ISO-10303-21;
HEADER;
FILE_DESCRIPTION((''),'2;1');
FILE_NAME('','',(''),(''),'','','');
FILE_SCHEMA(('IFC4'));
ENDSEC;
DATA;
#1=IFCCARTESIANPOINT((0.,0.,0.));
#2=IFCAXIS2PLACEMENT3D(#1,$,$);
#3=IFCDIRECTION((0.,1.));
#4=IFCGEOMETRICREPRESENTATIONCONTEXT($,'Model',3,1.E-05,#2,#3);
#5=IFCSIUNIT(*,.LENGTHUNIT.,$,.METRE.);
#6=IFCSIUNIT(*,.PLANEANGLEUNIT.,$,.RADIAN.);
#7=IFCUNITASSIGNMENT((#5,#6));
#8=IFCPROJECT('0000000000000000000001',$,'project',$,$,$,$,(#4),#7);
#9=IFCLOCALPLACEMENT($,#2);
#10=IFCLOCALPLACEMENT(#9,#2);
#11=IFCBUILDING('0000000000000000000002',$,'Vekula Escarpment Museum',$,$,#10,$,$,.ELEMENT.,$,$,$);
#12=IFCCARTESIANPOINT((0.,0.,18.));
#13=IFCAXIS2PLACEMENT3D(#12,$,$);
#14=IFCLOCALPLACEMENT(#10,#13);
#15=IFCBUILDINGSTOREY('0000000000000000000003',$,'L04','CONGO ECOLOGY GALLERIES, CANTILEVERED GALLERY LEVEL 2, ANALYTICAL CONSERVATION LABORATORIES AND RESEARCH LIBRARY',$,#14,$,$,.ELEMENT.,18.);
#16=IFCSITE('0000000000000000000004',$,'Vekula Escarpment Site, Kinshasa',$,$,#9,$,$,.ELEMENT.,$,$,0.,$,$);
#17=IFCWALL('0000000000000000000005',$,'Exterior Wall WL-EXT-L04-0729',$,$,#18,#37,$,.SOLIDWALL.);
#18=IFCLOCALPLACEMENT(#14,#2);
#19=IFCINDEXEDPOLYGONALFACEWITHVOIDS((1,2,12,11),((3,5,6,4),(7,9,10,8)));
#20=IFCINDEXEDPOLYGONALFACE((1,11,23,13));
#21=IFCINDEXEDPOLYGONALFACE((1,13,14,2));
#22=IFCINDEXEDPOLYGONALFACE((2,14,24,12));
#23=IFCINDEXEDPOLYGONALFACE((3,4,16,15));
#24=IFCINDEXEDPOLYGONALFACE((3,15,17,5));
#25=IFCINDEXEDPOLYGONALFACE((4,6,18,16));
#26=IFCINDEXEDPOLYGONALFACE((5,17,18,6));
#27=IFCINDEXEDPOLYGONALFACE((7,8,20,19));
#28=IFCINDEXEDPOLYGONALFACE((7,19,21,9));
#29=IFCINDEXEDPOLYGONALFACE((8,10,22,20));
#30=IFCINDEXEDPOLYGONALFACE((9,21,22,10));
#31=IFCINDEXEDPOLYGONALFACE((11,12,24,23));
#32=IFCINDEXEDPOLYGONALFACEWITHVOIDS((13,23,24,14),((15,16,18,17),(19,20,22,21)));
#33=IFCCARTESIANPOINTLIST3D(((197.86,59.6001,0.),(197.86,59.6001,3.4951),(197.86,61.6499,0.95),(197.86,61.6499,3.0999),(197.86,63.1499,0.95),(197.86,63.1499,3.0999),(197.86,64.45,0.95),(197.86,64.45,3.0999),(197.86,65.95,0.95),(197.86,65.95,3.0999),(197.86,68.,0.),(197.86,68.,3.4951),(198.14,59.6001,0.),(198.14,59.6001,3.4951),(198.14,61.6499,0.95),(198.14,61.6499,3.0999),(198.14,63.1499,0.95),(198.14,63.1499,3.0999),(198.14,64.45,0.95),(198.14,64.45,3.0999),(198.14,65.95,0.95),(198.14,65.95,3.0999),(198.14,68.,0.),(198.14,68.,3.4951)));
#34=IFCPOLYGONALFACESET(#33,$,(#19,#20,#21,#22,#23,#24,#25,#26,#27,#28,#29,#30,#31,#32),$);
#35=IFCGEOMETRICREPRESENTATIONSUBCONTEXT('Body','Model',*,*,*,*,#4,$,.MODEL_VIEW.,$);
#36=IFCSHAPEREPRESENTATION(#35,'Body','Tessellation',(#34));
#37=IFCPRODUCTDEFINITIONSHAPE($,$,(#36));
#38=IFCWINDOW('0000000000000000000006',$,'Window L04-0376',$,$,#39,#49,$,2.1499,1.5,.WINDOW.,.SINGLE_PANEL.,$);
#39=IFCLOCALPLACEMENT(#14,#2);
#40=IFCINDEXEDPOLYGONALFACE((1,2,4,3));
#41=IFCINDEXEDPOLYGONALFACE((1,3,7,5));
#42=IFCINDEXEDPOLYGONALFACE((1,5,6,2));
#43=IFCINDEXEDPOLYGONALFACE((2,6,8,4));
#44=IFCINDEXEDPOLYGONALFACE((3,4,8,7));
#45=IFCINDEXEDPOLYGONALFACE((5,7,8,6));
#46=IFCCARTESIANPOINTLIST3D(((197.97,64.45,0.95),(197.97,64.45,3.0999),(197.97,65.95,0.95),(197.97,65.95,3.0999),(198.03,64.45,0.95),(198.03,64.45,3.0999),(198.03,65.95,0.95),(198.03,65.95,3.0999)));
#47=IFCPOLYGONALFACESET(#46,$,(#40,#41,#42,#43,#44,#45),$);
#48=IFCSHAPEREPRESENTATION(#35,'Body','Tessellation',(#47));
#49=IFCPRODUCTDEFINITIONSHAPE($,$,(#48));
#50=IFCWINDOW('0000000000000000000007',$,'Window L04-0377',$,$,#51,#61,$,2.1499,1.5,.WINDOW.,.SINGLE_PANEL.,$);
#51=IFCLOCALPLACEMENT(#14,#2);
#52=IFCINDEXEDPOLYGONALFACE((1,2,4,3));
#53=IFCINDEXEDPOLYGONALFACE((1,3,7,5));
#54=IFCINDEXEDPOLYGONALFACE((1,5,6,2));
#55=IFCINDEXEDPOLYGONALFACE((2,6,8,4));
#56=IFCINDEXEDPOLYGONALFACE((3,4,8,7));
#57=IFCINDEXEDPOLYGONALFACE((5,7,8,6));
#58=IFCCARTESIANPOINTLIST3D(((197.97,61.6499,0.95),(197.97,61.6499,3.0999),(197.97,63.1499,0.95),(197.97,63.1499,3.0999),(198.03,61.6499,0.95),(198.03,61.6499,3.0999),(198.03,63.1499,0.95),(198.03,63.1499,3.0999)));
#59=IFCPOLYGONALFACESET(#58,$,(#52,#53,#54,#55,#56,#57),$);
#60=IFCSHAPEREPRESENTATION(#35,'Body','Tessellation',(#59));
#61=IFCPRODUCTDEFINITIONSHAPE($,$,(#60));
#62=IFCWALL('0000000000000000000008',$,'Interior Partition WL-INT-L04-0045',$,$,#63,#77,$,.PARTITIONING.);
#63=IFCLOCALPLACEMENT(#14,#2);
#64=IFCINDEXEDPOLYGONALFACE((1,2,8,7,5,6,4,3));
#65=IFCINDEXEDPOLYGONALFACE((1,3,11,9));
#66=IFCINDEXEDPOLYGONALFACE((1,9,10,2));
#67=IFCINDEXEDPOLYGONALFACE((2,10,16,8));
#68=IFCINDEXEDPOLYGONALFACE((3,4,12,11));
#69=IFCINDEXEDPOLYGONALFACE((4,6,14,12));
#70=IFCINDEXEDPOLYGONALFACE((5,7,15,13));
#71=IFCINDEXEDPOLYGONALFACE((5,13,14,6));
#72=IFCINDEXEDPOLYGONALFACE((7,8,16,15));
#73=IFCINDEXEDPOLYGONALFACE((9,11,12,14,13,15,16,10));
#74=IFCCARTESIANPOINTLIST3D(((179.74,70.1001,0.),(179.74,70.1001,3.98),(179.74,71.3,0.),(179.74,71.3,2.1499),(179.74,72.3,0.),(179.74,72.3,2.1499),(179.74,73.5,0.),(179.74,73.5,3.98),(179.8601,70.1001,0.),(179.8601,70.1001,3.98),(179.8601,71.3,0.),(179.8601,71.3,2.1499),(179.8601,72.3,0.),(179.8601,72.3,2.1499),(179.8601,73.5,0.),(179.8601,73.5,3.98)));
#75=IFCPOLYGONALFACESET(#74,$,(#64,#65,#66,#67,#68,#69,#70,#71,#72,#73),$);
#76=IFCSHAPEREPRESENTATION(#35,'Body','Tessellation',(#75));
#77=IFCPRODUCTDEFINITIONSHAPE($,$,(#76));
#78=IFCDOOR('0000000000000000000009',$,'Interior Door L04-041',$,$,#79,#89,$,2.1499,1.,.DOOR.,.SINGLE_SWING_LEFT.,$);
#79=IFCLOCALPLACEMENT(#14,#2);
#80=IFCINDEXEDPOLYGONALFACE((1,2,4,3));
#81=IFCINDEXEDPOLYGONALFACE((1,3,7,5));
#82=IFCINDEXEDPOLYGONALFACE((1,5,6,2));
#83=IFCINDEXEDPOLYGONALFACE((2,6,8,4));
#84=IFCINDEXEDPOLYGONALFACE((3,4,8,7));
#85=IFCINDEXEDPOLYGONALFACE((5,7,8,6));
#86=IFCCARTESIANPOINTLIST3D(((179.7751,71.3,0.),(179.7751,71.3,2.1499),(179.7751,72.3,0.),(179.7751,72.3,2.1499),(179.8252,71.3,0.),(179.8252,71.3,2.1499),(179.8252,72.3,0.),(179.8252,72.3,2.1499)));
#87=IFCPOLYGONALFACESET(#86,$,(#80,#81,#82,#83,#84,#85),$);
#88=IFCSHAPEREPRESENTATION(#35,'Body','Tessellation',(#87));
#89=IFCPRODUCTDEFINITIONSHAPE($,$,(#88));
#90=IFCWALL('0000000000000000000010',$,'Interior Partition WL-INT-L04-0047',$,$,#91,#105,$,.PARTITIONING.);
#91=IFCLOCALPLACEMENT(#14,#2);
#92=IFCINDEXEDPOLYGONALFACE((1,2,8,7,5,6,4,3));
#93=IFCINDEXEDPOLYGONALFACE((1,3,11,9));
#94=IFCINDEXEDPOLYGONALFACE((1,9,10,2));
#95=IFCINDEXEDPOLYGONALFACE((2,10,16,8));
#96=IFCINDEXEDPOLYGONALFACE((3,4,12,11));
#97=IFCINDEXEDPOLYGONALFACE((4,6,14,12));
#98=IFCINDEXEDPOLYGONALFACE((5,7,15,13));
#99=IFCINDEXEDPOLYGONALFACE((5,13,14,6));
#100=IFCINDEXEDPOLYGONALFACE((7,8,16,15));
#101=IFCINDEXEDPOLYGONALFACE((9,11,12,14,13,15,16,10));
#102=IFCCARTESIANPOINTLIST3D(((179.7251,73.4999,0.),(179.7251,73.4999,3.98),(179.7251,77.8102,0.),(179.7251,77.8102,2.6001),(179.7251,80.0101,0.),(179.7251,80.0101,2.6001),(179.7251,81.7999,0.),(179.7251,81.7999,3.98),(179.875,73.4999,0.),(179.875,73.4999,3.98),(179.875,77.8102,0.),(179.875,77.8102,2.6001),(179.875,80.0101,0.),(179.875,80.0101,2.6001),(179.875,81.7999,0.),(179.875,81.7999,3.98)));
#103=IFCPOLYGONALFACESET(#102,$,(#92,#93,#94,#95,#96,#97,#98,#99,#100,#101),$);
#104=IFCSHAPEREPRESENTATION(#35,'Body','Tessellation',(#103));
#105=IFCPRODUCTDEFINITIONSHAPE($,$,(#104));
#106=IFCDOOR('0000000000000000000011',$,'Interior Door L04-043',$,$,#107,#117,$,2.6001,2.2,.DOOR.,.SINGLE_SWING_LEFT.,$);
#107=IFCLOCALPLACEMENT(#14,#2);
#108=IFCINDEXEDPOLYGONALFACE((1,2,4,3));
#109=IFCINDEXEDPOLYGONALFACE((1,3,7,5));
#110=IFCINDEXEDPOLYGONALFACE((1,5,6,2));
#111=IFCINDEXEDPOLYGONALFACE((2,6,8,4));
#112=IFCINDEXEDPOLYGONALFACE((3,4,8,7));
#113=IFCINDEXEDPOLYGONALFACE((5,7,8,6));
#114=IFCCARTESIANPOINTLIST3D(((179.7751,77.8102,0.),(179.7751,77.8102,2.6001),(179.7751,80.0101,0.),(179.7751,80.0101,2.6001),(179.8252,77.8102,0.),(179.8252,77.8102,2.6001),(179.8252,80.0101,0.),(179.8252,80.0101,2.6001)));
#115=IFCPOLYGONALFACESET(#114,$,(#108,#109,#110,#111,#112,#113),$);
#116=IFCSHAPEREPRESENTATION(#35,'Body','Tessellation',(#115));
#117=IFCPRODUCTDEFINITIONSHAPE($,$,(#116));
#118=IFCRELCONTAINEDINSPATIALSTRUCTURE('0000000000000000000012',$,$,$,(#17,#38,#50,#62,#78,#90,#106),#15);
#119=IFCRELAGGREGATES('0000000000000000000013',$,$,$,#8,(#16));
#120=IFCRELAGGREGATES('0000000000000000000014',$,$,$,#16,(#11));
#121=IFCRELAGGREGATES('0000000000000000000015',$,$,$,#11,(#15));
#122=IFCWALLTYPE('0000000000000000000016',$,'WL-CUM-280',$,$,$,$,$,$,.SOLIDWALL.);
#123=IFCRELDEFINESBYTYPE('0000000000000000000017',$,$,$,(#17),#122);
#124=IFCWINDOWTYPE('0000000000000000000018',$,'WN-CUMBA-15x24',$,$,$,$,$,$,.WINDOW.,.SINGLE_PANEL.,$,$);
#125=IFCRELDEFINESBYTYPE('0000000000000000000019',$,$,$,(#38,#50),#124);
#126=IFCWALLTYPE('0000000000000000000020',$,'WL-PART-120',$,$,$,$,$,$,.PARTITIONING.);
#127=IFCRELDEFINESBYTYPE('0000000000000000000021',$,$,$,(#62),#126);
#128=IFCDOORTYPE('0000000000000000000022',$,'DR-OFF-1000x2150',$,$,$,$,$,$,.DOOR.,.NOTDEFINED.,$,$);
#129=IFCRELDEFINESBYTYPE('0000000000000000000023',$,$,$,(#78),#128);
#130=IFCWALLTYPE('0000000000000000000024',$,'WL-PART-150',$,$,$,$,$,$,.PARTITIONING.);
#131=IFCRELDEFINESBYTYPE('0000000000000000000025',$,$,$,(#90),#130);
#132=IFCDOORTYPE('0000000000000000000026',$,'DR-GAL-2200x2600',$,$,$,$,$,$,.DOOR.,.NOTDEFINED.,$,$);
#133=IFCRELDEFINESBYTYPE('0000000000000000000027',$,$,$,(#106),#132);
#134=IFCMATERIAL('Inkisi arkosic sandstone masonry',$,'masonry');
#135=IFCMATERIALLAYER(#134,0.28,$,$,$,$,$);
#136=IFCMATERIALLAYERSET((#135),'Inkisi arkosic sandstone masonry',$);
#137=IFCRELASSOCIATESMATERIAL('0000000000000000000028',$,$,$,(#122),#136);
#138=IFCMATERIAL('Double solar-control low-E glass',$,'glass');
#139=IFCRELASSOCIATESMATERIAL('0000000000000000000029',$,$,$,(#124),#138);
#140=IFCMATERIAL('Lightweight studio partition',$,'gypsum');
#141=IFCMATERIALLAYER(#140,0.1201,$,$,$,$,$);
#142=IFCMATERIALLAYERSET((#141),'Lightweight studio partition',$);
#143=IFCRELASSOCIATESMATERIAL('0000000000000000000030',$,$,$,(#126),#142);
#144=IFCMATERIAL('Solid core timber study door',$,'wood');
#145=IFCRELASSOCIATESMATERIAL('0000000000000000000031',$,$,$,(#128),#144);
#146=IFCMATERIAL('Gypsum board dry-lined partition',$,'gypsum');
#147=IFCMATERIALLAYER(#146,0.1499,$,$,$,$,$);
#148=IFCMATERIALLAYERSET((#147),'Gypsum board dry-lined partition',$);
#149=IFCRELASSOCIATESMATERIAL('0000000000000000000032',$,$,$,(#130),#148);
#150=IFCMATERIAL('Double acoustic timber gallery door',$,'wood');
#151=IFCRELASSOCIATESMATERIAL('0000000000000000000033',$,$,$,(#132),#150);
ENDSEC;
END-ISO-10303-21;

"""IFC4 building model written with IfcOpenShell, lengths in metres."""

from ifc_helpers import new_model, si_unit, direction, frame, frame_2d, origin, place, context, subcontext, project, spatial, rectangle, extrude, material, layer, layer_set, type_object, element, fill, save


model = new_model("IFC4")

# Units and contexts
model_context = context("Model", 3, precision=1e-05, world=origin(), true_north=direction((0.0, 1.0)))
body_context = subcontext(model_context, "Body", "Model", "MODEL_VIEW")
ifc_project = project(units=[si_unit("LENGTHUNIT", "METRE"), si_unit("PLANEANGLEUNIT", "RADIAN")], contexts=[model_context])

# Site, building, storey
site_placement = place(None, origin())
site = spatial("IfcSite", under=ifc_project, at=site_placement, Name="Vekula Escarpment Site, Kinshasa", CompositionType="ELEMENT", RefElevation=0.0)
building_placement = place(site_placement, origin())
building = spatial("IfcBuilding", under=site, at=building_placement, Name="Vekula Escarpment Museum", CompositionType="ELEMENT")
storey_placement = place(building_placement, frame((0.0, 0.0, 18.0)))
storey = spatial("IfcBuildingStorey", under=building, at=storey_placement, Name="L04", Description="CONGO ECOLOGY GALLERIES, CANTILEVERED GALLERY LEVEL 2, ANALYTICAL CONSERVATION LABORATORIES AND RESEARCH LIBRARY", CompositionType="ELEMENT", Elevation=18.0)

# Wall, openings, windows
ifc_material_1 = material(Name="Inkisi arkosic sandstone masonry", Category="masonry")
ifc_layer_1 = layer(ifc_material_1, 0.28)
ifc_layer_set_1 = layer_set([ifc_layer_1], Name="Inkisi arkosic sandstone masonry")
wall_type_1 = type_object("IfcWallType", Name="WL-CUM-280", PredefinedType="SOLIDWALL", material=ifc_layer_set_1)
wall_1_placement = place(storey_placement, frame((198.0, 68.0, 0.0), z_axis=(0.0, 0.0, 1.0), x_axis=(0.0, -1.0, 0.0)))
wall_1 = element("IfcWall", 1, at=wall_1_placement, inside=storey, type_object=wall_type_1, Name="Exterior Wall WL-EXT-L04-0729", PredefinedType="SOLIDWALL", context=body_context, shape_type="SweptSolid", body=[
    extrude(rectangle(XDim=8.3999, YDim=0.28, at=frame_2d((4.2, 0.0))), origin(), (0.0, 0.0, 1.0), 3.4951),
])
opening_1_placement = place(wall_1_placement, frame((2.05, 0.0, 0.95)))
opening_1 = element("IfcOpeningElement", 2, at=opening_1_placement, cuts=wall_1, PredefinedType="OPENING", context=body_context, shape_type="SweptSolid", body=[
    extrude(rectangle(XDim=1.5, YDim=2.1499, at=frame_2d((0.75, 1.075))), frame((0.0, 0.1499, 0.0), z_axis=(0.0, -1.0, 0.0), x_axis=(1.0, 0.0, 0.0)), (0.0, 0.0, 1.0), 0.3),
])
opening_2_placement = place(wall_1_placement, frame((4.8501, 0.0, 0.95)))
opening_2 = element("IfcOpeningElement", 3, at=opening_2_placement, cuts=wall_1, PredefinedType="OPENING", context=body_context, shape_type="SweptSolid", body=[
    extrude(rectangle(XDim=1.5, YDim=2.1499, at=frame_2d((0.75, 1.075))), frame((0.0, 0.1499, 0.0), z_axis=(0.0, -1.0, 0.0), x_axis=(1.0, 0.0, 0.0)), (0.0, 0.0, 1.0), 0.3),
])
ifc_material_2 = material(Name="Double solar-control low-E glass", Category="glass")
window_type = type_object("IfcWindowType", Name="WN-CUMBA-15x24", PartitioningType="SINGLE_PANEL", PredefinedType="WINDOW", material=ifc_material_2)
window_1_placement = place(opening_1_placement, origin())
window_1 = element("IfcWindow", 4, at=window_1_placement, inside=storey, type_object=window_type, Name="Window L04-0376", OverallHeight=2.1499, OverallWidth=1.5, PartitioningType="SINGLE_PANEL", PredefinedType="WINDOW", context=body_context, shape_type="SweptSolid", body=[
    extrude(rectangle(XDim=1.5, YDim=2.1499, at=frame_2d((0.75, 1.075))), frame((0.0, 0.03, 0.0), z_axis=(0.0, -1.0, 0.0), x_axis=(1.0, 0.0, 0.0)), (0.0, 0.0, 1.0), 0.0601),
])
fill(opening_1, window_1)
window_2_placement = place(opening_2_placement, origin())
window_2 = element("IfcWindow", 5, at=window_2_placement, inside=storey, type_object=window_type, Name="Window L04-0377", OverallHeight=2.1499, OverallWidth=1.5, PartitioningType="SINGLE_PANEL", PredefinedType="WINDOW", context=body_context, shape_type="SweptSolid", body=[
    extrude(rectangle(XDim=1.5, YDim=2.1499, at=frame_2d((0.75, 1.075))), frame((0.0, 0.03, 0.0), z_axis=(0.0, -1.0, 0.0), x_axis=(1.0, 0.0, 0.0)), (0.0, 0.0, 1.0), 0.0601),
])
fill(opening_2, window_2)

# Walls, openings, doors
ifc_material_3 = material(Name="Lightweight studio partition", Category="gypsum")
ifc_layer_2 = layer(ifc_material_3, 0.1201)
ifc_layer_set_2 = layer_set([ifc_layer_2], Name="Lightweight studio partition")
wall_type_2 = type_object("IfcWallType", Name="WL-PART-120", PredefinedType="PARTITIONING", material=ifc_layer_set_2)
wall_2_placement = place(storey_placement, frame((179.8, 70.1001, 0.0), z_axis=(0.0, 0.0, 1.0), x_axis=(0.0, 1.0, 0.0)))
wall_2 = element("IfcWall", 6, at=wall_2_placement, inside=storey, type_object=wall_type_2, Name="Interior Partition WL-INT-L04-0045", PredefinedType="PARTITIONING", context=body_context, shape_type="SweptSolid", body=[
    extrude(rectangle(XDim=3.3999, YDim=0.1201, at=frame_2d((1.7, 0.0))), origin(), (0.0, 0.0, 1.0), 3.98),
])
opening_3_placement = place(wall_2_placement, frame((1.2, 0.0, 0.0)))
opening_3 = element("IfcOpeningElement", 7, at=opening_3_placement, cuts=wall_2, PredefinedType="OPENING", context=body_context, shape_type="SweptSolid", body=[
    extrude(rectangle(XDim=1.0, YDim=2.1499, at=frame_2d((0.5, 1.075))), frame((0.0, 0.0701, 0.0), z_axis=(0.0, -1.0, 0.0), x_axis=(1.0, 0.0, 0.0)), (0.0, 0.0, 1.0), 0.1401),
])
ifc_material_4 = material(Name="Solid core timber study door", Category="wood")
door_type_1 = type_object("IfcDoorType", Name="DR-OFF-1000x2150", OperationType="NOTDEFINED", PredefinedType="DOOR", material=ifc_material_4)
door_1_placement = place(opening_3_placement, origin())
door_1 = element("IfcDoor", 8, at=door_1_placement, inside=storey, type_object=door_type_1, Name="Interior Door L04-041", OperationType="SINGLE_SWING_LEFT", OverallHeight=2.1499, OverallWidth=1.0, PredefinedType="DOOR", context=body_context, shape_type="SweptSolid", body=[
    extrude(rectangle(XDim=1.0, YDim=2.1499, at=frame_2d((0.5, 1.075))), frame((0.0, 0.0249, 0.0), z_axis=(0.0, -1.0, 0.0), x_axis=(1.0, 0.0, 0.0)), (0.0, 0.0, 1.0), 0.05),
])
fill(opening_3, door_1)
ifc_material_5 = material(Name="Gypsum board dry-lined partition", Category="gypsum")
ifc_layer_3 = layer(ifc_material_5, 0.1499)
ifc_layer_set_3 = layer_set([ifc_layer_3], Name="Gypsum board dry-lined partition")
wall_type_3 = type_object("IfcWallType", Name="WL-PART-150", PredefinedType="PARTITIONING", material=ifc_layer_set_3)
wall_3_placement = place(storey_placement, frame((179.8, 73.5, 0.0), z_axis=(0.0, 0.0, 1.0), x_axis=(0.0, 1.0, 0.0)))
wall_3 = element("IfcWall", 9, at=wall_3_placement, inside=storey, type_object=wall_type_3, Name="Interior Partition WL-INT-L04-0047", PredefinedType="PARTITIONING", context=body_context, shape_type="SweptSolid", body=[
    extrude(rectangle(XDim=8.3, YDim=0.1499, at=frame_2d((4.1499, 0.0))), origin(), (0.0, 0.0, 1.0), 3.98),
])
opening_4_placement = place(wall_3_placement, frame((4.3101, 0.0, 0.0)))
opening_4 = element("IfcOpeningElement", 10, at=opening_4_placement, cuts=wall_3, PredefinedType="OPENING", context=body_context, shape_type="SweptSolid", body=[
    extrude(rectangle(XDim=2.2, YDim=2.6001, at=frame_2d((1.1001, 1.3))), frame((0.0, 0.085, 0.0), z_axis=(0.0, -1.0, 0.0), x_axis=(1.0, 0.0, 0.0)), (0.0, 0.0, 1.0), 0.1699),
])
ifc_material_6 = material(Name="Double acoustic timber gallery door", Category="wood")
door_type_2 = type_object("IfcDoorType", Name="DR-GAL-2200x2600", OperationType="NOTDEFINED", PredefinedType="DOOR", material=ifc_material_6)
door_2_placement = place(opening_4_placement, origin())
door_2 = element("IfcDoor", 11, at=door_2_placement, inside=storey, type_object=door_type_2, Name="Interior Door L04-043", OperationType="SINGLE_SWING_LEFT", OverallHeight=2.6001, OverallWidth=2.2, PredefinedType="DOOR", context=body_context, shape_type="SweptSolid", body=[
    extrude(rectangle(XDim=2.2, YDim=2.6001, at=frame_2d((1.1001, 1.3))), frame((0.0, 0.0249, 0.0), z_axis=(0.0, -1.0, 0.0), x_axis=(1.0, 0.0, 0.0)), (0.0, 0.0, 1.0), 0.05),
])
fill(opening_4, door_2)

save(model, "model.ifc")
